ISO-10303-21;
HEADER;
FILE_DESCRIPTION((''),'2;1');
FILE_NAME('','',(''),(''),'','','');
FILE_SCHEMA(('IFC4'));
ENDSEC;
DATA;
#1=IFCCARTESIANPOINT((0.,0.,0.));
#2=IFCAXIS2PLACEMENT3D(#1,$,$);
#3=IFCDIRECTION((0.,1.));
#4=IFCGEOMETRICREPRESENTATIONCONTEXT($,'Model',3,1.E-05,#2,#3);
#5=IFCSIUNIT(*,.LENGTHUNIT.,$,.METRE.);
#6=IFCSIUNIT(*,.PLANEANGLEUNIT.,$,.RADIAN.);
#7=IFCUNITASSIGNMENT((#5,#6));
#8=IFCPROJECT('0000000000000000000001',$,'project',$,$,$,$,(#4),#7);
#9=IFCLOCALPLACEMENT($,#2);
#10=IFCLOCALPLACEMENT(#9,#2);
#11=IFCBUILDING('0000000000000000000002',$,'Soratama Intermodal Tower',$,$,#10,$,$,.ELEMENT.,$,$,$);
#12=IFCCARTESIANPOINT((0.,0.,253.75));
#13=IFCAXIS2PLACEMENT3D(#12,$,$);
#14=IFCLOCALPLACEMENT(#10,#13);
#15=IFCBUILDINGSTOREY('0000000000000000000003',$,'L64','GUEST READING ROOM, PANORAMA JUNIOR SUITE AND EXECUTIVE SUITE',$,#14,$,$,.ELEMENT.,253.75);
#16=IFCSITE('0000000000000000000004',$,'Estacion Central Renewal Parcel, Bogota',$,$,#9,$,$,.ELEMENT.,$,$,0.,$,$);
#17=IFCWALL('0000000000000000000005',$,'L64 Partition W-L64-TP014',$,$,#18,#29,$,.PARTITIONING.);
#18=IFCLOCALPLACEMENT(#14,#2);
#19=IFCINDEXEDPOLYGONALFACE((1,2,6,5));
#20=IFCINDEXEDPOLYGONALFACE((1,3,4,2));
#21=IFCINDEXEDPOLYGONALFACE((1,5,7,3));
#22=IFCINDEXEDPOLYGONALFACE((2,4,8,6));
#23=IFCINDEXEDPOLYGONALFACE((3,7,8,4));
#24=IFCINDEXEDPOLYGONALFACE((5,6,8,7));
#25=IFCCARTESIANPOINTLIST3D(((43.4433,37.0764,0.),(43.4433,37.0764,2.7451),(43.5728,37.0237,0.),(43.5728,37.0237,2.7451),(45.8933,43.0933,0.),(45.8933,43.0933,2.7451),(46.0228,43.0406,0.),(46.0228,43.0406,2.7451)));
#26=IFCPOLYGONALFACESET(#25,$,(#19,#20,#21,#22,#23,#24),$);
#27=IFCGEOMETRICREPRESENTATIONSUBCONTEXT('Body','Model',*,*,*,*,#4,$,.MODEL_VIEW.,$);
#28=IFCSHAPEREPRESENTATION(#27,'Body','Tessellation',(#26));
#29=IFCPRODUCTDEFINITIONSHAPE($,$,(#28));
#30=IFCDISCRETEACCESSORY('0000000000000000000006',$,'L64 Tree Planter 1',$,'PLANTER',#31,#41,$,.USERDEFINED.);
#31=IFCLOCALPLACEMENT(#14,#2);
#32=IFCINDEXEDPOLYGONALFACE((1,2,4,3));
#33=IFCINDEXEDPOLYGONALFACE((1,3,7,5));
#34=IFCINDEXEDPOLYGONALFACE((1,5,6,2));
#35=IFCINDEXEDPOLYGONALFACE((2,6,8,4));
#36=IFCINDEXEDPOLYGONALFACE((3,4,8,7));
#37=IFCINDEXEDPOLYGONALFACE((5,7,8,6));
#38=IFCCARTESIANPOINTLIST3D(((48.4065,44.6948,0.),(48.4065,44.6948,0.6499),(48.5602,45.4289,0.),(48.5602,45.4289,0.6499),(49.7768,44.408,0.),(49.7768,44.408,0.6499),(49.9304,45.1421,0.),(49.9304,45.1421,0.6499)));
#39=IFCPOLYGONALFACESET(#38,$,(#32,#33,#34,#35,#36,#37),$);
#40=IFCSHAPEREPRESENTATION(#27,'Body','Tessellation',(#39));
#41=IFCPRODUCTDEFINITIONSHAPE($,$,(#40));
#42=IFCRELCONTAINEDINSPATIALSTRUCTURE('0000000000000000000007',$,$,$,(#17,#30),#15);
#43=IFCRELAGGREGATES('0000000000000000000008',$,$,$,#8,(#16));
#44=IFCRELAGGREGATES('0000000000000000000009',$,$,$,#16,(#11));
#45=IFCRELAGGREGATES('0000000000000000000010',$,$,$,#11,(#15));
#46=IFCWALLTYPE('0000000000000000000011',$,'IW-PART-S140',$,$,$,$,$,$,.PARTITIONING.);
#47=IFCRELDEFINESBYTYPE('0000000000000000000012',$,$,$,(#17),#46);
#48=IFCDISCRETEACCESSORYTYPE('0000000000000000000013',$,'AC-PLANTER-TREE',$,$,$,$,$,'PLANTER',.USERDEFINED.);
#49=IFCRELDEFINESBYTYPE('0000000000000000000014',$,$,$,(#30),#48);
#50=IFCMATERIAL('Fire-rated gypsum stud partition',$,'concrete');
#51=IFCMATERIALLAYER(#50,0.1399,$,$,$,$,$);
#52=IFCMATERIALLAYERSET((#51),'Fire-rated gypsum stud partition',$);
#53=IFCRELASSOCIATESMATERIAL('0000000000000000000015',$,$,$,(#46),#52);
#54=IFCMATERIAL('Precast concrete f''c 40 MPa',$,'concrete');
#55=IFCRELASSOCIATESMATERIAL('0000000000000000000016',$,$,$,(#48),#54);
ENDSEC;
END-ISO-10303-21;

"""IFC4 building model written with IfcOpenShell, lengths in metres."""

from ifc_helpers import new_model, si_unit, direction, frame, frame_2d, origin, origin_2d, place, context, subcontext, project, spatial, rectangle, extrude, material, layer, layer_set, type_object, element, save


model = new_model("IFC4")

# Units and contexts
model_context = context("Model", 3, precision=1e-05, world=origin(), true_north=direction((0.0, 1.0)))
body_context = subcontext(model_context, "Body", "Model", "MODEL_VIEW")
ifc_project = project(units=[si_unit("LENGTHUNIT", "METRE"), si_unit("PLANEANGLEUNIT", "RADIAN")], contexts=[model_context])

# Site, building, storey
site_placement = place(None, origin())
site = spatial("IfcSite", under=ifc_project, at=site_placement, Name="Estacion Central Renewal Parcel, Bogota", CompositionType="ELEMENT", RefElevation=0.0)
building_placement = place(site_placement, origin())
building = spatial("IfcBuilding", under=site, at=building_placement, Name="Soratama Intermodal Tower", CompositionType="ELEMENT")
storey_placement = place(building_placement, frame((0.0, 0.0, 253.75)))
storey = spatial("IfcBuildingStorey", under=building, at=storey_placement, Name="L64", Description="GUEST READING ROOM, PANORAMA JUNIOR SUITE AND EXECUTIVE SUITE", CompositionType="ELEMENT", Elevation=253.75)

# Wall
ifc_material_1 = material(Name="Fire-rated gypsum stud partition", Category="concrete")
ifc_layer_1 = layer(ifc_material_1, 0.1399)
ifc_layer_set_1 = layer_set([ifc_layer_1], Name="Fire-rated gypsum stud partition")
wall_type_1 = type_object("IfcWallType", Name="IW-PART-S140", PredefinedType="PARTITIONING", material=ifc_layer_set_1)
wall_1_placement = place(storey_placement, frame((43.5081, 37.05, 0.0), z_axis=(0.0, 0.0, 1.0), x_axis=(0.377118, 0.926165, 0.0)))
element("IfcWall", 1, at=wall_1_placement, inside=storey, type_object=wall_type_1, Name="L64 Partition W-L64-TP014", PredefinedType="PARTITIONING", context=body_context, shape_type="SweptSolid", body=[
    extrude(rectangle(XDim=6.4966, YDim=0.1399, at=frame_2d((3.2483, 0.0))), origin(), (0.0, 0.0, 1.0), 2.7451),
])

# Discrete accessory
ifc_material_2 = material(Name="Precast concrete f'c 40 MPa", Category="concrete")
discrete_accessory_type = type_object("IfcDiscreteAccessoryType", Name="AC-PLANTER-TREE", ElementType="PLANTER", PredefinedType="USERDEFINED", material=ifc_material_2)
discrete_accessory_placement = place(storey_placement, frame((49.1685, 44.9185, 0.0), z_axis=(0.0, 0.0, 1.0), x_axis=(0.204838, 0.978796, 0.0)))
element("IfcDiscreteAccessory", 2, at=discrete_accessory_placement, inside=storey, type_object=discrete_accessory_type, Name="L64 Tree Planter 1", ObjectType="PLANTER", PredefinedType="USERDEFINED", context=body_context, shape_type="SweptSolid", body=[
    extrude(rectangle(XDim=0.75, YDim=1.3999, at=origin_2d()), origin(), (0.0, 0.0, 1.0), 0.6499),
])

save(model, "model.ifc")
